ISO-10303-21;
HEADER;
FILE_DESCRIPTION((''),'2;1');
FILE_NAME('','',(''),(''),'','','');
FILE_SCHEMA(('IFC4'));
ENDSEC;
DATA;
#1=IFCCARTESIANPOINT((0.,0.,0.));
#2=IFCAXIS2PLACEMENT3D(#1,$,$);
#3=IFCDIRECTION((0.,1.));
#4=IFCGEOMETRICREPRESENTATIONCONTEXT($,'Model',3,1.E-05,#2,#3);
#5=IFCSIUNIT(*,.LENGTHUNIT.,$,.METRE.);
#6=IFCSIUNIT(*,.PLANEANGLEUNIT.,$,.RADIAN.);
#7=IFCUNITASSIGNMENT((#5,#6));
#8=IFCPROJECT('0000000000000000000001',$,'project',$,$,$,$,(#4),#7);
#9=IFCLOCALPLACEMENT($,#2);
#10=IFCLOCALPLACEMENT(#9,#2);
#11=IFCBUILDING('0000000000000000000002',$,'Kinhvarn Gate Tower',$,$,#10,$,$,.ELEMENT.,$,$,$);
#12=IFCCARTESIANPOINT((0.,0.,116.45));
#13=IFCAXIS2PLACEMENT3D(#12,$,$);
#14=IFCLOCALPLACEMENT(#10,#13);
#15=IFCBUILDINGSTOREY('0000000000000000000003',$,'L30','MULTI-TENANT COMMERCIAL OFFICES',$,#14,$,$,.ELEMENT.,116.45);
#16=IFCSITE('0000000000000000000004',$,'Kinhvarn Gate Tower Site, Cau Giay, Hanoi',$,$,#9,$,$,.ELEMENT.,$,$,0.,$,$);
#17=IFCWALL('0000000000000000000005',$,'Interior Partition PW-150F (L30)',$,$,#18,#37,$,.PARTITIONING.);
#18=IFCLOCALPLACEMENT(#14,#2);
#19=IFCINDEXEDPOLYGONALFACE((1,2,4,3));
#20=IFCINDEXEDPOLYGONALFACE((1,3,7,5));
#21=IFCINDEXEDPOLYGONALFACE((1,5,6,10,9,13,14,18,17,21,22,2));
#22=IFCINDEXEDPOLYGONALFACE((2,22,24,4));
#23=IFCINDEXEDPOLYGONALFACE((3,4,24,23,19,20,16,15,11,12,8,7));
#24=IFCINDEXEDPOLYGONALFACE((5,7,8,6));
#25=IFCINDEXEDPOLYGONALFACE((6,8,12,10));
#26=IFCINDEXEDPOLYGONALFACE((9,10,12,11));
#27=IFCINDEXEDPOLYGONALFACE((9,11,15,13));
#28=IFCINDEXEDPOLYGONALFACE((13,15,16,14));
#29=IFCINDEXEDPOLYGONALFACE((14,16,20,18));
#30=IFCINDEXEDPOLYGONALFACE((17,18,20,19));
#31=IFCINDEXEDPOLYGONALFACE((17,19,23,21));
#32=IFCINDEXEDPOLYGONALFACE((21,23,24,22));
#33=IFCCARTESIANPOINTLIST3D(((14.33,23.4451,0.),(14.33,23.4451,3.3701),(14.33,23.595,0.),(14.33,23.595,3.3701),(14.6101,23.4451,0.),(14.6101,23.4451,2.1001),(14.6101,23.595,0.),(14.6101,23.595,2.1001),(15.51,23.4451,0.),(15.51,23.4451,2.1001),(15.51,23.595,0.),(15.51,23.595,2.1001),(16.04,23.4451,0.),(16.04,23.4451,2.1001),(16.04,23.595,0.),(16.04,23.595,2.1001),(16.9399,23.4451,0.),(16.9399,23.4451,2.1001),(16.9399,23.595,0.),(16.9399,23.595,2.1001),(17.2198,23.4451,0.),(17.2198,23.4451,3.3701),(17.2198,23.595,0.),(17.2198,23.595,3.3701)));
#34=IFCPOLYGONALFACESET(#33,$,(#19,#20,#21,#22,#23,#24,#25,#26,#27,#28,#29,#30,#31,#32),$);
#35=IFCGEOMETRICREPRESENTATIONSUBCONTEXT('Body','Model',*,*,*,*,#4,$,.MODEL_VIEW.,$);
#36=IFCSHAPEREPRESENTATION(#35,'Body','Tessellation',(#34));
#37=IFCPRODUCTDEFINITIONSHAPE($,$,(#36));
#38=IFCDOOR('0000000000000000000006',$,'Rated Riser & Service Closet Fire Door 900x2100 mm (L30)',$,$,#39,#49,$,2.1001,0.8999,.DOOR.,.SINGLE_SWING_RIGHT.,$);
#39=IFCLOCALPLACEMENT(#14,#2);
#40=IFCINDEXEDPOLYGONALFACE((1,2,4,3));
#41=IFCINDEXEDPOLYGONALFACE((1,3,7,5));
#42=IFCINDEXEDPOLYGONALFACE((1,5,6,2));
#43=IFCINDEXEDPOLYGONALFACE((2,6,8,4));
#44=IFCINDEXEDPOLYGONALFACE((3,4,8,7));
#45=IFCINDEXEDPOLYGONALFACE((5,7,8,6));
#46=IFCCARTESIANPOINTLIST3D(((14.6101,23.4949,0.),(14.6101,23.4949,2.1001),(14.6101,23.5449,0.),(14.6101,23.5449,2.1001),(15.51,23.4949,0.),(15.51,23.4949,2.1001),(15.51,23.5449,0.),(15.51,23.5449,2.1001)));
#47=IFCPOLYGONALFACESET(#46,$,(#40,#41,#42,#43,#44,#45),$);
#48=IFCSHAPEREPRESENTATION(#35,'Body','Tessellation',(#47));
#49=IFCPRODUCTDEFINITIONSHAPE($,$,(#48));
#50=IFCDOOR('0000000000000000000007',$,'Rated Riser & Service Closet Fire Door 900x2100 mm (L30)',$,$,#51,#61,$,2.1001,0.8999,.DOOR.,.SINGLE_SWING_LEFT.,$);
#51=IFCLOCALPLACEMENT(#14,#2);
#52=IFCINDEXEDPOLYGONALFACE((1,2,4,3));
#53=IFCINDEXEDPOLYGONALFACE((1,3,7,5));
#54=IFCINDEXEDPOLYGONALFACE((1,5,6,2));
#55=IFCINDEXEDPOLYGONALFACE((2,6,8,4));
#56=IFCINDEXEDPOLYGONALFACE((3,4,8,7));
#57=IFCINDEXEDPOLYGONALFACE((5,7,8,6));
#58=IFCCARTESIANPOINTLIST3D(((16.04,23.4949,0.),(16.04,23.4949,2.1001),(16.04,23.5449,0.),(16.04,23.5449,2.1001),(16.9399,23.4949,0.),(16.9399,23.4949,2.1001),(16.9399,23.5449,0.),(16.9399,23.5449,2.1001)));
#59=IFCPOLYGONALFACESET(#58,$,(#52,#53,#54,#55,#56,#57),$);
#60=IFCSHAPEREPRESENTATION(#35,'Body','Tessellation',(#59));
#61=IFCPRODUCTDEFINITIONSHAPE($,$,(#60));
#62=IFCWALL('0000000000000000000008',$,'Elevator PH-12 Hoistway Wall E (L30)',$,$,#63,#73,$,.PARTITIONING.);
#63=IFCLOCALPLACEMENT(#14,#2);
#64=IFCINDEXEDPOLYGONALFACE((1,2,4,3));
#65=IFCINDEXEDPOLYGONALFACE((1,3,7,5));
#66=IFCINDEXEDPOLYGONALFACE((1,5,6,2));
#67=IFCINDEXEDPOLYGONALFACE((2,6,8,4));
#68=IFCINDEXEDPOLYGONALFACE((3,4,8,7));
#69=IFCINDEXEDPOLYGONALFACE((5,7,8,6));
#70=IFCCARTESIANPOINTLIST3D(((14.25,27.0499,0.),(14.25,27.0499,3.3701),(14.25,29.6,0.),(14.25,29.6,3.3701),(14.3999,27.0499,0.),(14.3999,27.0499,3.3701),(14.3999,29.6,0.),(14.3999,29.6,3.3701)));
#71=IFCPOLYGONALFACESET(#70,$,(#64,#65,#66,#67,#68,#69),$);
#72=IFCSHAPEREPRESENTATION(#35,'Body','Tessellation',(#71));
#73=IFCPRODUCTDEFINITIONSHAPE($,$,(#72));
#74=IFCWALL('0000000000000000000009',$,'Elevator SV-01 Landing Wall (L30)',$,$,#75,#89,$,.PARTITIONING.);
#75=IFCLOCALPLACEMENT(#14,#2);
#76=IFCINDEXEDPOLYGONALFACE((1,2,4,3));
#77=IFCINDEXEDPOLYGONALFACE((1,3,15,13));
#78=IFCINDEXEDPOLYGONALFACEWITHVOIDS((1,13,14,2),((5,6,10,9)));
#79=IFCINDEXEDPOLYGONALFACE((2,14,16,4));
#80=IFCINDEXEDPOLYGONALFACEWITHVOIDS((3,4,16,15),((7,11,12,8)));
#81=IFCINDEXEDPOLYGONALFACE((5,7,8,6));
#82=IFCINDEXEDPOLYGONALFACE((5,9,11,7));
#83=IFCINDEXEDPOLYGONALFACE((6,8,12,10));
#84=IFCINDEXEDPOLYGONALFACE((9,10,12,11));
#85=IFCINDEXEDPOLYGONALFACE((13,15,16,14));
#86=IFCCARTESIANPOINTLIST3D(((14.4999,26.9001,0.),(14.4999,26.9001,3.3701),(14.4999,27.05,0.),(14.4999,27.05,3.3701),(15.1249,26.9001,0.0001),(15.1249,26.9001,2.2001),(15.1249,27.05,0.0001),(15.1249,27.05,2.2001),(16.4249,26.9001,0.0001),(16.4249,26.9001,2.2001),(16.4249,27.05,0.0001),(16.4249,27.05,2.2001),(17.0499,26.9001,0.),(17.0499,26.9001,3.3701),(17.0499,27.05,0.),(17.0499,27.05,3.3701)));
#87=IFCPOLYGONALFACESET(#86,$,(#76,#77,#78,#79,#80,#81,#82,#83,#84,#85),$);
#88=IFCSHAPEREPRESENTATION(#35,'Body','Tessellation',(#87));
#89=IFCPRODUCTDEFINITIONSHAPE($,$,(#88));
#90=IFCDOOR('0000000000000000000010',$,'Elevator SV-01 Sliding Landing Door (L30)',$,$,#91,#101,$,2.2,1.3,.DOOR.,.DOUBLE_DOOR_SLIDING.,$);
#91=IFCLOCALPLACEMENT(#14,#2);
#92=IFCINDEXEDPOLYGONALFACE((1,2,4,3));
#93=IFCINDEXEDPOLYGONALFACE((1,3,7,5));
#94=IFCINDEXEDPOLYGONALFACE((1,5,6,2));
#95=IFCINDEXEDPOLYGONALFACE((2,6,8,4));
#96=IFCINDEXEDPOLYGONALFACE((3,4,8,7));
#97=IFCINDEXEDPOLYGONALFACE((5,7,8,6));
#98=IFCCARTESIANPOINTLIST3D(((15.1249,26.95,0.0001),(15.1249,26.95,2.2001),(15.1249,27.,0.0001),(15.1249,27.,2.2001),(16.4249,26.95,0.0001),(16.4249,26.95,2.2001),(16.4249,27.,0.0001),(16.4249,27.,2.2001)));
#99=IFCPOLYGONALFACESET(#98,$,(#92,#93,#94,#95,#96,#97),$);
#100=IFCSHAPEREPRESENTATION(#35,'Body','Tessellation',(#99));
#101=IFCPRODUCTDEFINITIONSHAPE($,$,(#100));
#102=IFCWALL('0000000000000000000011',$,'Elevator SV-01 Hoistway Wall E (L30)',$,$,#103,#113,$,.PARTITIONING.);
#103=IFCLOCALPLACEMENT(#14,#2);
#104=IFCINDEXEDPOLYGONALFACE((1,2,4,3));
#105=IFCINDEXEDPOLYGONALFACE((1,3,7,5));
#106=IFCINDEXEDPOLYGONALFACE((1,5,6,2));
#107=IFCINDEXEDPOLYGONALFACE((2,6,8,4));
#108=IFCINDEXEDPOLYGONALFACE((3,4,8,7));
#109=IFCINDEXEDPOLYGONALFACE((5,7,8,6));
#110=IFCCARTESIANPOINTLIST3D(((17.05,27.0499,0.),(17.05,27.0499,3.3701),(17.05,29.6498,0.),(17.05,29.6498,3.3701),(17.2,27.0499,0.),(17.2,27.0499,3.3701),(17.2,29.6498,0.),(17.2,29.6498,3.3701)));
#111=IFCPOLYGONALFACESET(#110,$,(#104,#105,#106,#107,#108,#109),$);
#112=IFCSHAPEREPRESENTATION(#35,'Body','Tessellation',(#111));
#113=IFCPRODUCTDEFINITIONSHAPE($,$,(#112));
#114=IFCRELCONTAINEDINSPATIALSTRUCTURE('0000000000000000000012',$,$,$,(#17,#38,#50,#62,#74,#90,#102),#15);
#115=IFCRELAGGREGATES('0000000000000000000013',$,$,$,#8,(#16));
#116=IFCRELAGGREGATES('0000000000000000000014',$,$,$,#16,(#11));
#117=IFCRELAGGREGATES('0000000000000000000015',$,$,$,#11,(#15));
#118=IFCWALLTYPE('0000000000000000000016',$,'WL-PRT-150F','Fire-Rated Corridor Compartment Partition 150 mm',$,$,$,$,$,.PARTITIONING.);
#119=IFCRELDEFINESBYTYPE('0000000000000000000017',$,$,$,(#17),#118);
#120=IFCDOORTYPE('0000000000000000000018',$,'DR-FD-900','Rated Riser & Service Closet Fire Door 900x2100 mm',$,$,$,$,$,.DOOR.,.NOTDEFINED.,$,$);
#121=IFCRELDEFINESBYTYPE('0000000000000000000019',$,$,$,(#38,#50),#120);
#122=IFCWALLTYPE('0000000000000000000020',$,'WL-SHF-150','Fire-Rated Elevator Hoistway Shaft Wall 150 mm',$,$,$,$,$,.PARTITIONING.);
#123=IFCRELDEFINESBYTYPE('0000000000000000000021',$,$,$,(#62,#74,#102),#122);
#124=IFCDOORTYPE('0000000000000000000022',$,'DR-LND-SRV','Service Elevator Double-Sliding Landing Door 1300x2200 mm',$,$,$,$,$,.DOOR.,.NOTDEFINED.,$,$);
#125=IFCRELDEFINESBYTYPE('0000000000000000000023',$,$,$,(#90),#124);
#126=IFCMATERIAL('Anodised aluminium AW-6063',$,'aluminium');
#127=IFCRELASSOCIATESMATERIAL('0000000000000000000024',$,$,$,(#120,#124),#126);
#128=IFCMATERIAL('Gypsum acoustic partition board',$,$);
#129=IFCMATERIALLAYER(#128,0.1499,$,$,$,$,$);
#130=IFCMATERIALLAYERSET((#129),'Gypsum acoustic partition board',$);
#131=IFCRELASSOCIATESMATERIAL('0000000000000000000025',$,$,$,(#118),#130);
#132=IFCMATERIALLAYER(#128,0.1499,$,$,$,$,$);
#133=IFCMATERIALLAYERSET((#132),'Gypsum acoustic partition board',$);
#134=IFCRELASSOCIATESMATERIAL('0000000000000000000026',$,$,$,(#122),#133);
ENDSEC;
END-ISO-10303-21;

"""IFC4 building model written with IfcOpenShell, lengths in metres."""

from ifc_helpers import new_model, si_unit, direction, frame, frame_2d, origin, place, context, subcontext, project, spatial, rectangle, extrude, material, layer, layer_set, type_object, element, fill, save


model = new_model("IFC4")

# Units and contexts
model_context = context("Model", 3, precision=1e-05, world=origin(), true_north=direction((0.0, 1.0)))
body_context = subcontext(model_context, "Body", "Model", "MODEL_VIEW")
ifc_project = project(units=[si_unit("LENGTHUNIT", "METRE"), si_unit("PLANEANGLEUNIT", "RADIAN")], contexts=[model_context])

# Site, building, storey
site_placement = place(None, origin())
site = spatial("IfcSite", under=ifc_project, at=site_placement, Name="Kinhvarn Gate Tower Site, Cau Giay, Hanoi", CompositionType="ELEMENT", RefElevation=0.0)
building_placement = place(site_placement, origin())
building = spatial("IfcBuilding", under=site, at=building_placement, Name="Kinhvarn Gate Tower", CompositionType="ELEMENT")
storey_placement = place(building_placement, frame((0.0, 0.0, 116.45)))
storey = spatial("IfcBuildingStorey", under=building, at=storey_placement, Name="L30", Description="MULTI-TENANT COMMERCIAL OFFICES", CompositionType="ELEMENT", Elevation=116.45)

# Shared definitions
ifc_material_1 = material(Name="Anodised aluminium AW-6063", Category="aluminium")

# Shared definitions
ifc_material_2 = material(Name="Gypsum acoustic partition board")

# Shared definitions
door_type_1 = type_object("IfcDoorType", Name="DR-FD-900", Description="Rated Riser & Service Closet Fire Door 900x2100 mm", OperationType="NOTDEFINED", PredefinedType="DOOR", material=ifc_material_1)

# Shared definitions
ifc_layer_1 = layer(ifc_material_2, 0.1499)
ifc_layer_set_1 = layer_set([ifc_layer_1], Name="Gypsum acoustic partition board")
wall_type_1 = type_object("IfcWallType", Name="WL-PRT-150F", Description="Fire-Rated Corridor Compartment Partition 150 mm", PredefinedType="PARTITIONING", material=ifc_layer_set_1)

# Wall, openings, doors
wall_1_placement = place(storey_placement, frame((14.3301, 23.52, 0.0), z_axis=(0.0, 0.0, 1.0), x_axis=(1.0, 0.0, 0.0)))
wall_1 = element("IfcWall", 1, at=wall_1_placement, inside=storey, type_object=wall_type_1, Name="Interior Partition PW-150F (L30)", PredefinedType="PARTITIONING", context=body_context, shape_type="SweptSolid", body=[
    extrude(rectangle(XDim=2.8899, YDim=0.1499, at=frame_2d((1.4448, 0.0))), origin(), (0.0, 0.0, 1.0), 3.3701),
])
opening_1_placement = place(wall_1_placement, frame((0.28, 0.0, 0.0)))
opening_1 = element("IfcOpeningElement", 2, at=opening_1_placement, cuts=wall_1, PredefinedType="OPENING", context=body_context, shape_type="SweptSolid", body=[
    extrude(rectangle(XDim=0.8999, YDim=2.1001, at=frame_2d((0.45, 1.05))), frame((0.0, 0.085, 0.0), z_axis=(0.0, -1.0, 0.0), x_axis=(1.0, 0.0, 0.0)), (0.0, 0.0, 1.0), 0.1699),
])
opening_2_placement = place(wall_1_placement, frame((1.71, 0.0, 0.0)))
opening_2 = element("IfcOpeningElement", 3, at=opening_2_placement, cuts=wall_1, PredefinedType="OPENING", context=body_context, shape_type="SweptSolid", body=[
    extrude(rectangle(XDim=0.8999, YDim=2.1001, at=frame_2d((0.45, 1.05))), frame((0.0, 0.085, 0.0), z_axis=(0.0, -1.0, 0.0), x_axis=(1.0, 0.0, 0.0)), (0.0, 0.0, 1.0), 0.1699),
])
door_1_placement = place(opening_1_placement, origin())
door_1 = element("IfcDoor", 4, at=door_1_placement, inside=storey, type_object=door_type_1, Name="Rated Riser & Service Closet Fire Door 900x2100 mm (L30)", OperationType="SINGLE_SWING_RIGHT", OverallHeight=2.1001, OverallWidth=0.8999, PredefinedType="DOOR", context=body_context, shape_type="SweptSolid", body=[
    extrude(rectangle(XDim=0.8999, YDim=2.1001, at=frame_2d((0.45, 1.05))), frame((0.0, 0.0249, 0.0), z_axis=(0.0, -1.0, 0.0), x_axis=(1.0, 0.0, 0.0)), (0.0, 0.0, 1.0), 0.05),
])
fill(opening_1, door_1)
door_2_placement = place(opening_2_placement, origin())
door_2 = element("IfcDoor", 5, at=door_2_placement, inside=storey, type_object=door_type_1, Name="Rated Riser & Service Closet Fire Door 900x2100 mm (L30)", OperationType="SINGLE_SWING_LEFT", OverallHeight=2.1001, OverallWidth=0.8999, PredefinedType="DOOR", context=body_context, shape_type="SweptSolid", body=[
    extrude(rectangle(XDim=0.8999, YDim=2.1001, at=frame_2d((0.45, 1.05))), frame((0.0, 0.0249, 0.0), z_axis=(0.0, -1.0, 0.0), x_axis=(1.0, 0.0, 0.0)), (0.0, 0.0, 1.0), 0.05),
])
fill(opening_2, door_2)

# Wall
ifc_layer_2 = layer(ifc_material_2, 0.1499)
ifc_layer_set_2 = layer_set([ifc_layer_2], Name="Gypsum acoustic partition board")
wall_type_2 = type_object("IfcWallType", Name="WL-SHF-150", Description="Fire-Rated Elevator Hoistway Shaft Wall 150 mm", PredefinedType="PARTITIONING", material=ifc_layer_set_2)
wall_2_placement = place(storey_placement, frame((14.325, 27.05, 0.0), z_axis=(0.0, 0.0, 1.0), x_axis=(0.0, 1.0, 0.0)))
element("IfcWall", 6, at=wall_2_placement, inside=storey, type_object=wall_type_2, Name="Elevator PH-12 Hoistway Wall E (L30)", PredefinedType="PARTITIONING", context=body_context, shape_type="SweptSolid", body=[
    extrude(rectangle(XDim=2.55, YDim=0.1499, at=frame_2d((1.2749, 0.0))), origin(), (0.0, 0.0, 1.0), 3.3701),
])

# Wall, opening, door
wall_3_placement = place(storey_placement, frame((14.5, 26.9751, 0.0), z_axis=(0.0, 0.0, 1.0), x_axis=(1.0, 0.0, 0.0)))
wall_3 = element("IfcWall", 7, at=wall_3_placement, inside=storey, type_object=wall_type_2, Name="Elevator SV-01 Landing Wall (L30)", PredefinedType="PARTITIONING", context=body_context, shape_type="SweptSolid", body=[
    extrude(rectangle(XDim=2.55, YDim=0.1499, at=frame_2d((1.2749, 0.0))), origin(), (0.0, 0.0, 1.0), 3.3701),
])
opening_3_placement = place(wall_3_placement, frame((0.625, 0.0, 0.0)))
opening_3 = element("IfcOpeningElement", 8, at=opening_3_placement, cuts=wall_3, PredefinedType="OPENING", context=body_context, shape_type="SweptSolid", body=[
    extrude(rectangle(XDim=1.3, YDim=2.2, at=frame_2d((0.6499, 1.1001))), frame((0.0, 0.085, 0.0), z_axis=(0.0, -1.0, 0.0), x_axis=(1.0, 0.0, 0.0)), (0.0, 0.0, 1.0), 0.1699),
])
door_type_2 = type_object("IfcDoorType", Name="DR-LND-SRV", Description="Service Elevator Double-Sliding Landing Door 1300x2200 mm", OperationType="NOTDEFINED", PredefinedType="DOOR", material=ifc_material_1)
door_3_placement = place(opening_3_placement, origin())
door_3 = element("IfcDoor", 9, at=door_3_placement, inside=storey, type_object=door_type_2, Name="Elevator SV-01 Sliding Landing Door (L30)", OperationType="DOUBLE_DOOR_SLIDING", OverallHeight=2.2, OverallWidth=1.3, PredefinedType="DOOR", context=body_context, shape_type="SweptSolid", body=[
    extrude(rectangle(XDim=1.3, YDim=2.2, at=frame_2d((0.6499, 1.1001))), frame((0.0, 0.0249, 0.0), z_axis=(0.0, -1.0, 0.0), x_axis=(1.0, 0.0, 0.0)), (0.0, 0.0, 1.0), 0.05),
])
fill(opening_3, door_3)

# Wall
wall_4_placement = place(storey_placement, frame((17.125, 27.05, 0.0), z_axis=(0.0, 0.0, 1.0), x_axis=(0.0, 1.0, 0.0)))
element("IfcWall", 10, at=wall_4_placement, inside=storey, type_object=wall_type_2, Name="Elevator SV-01 Hoistway Wall E (L30)", PredefinedType="PARTITIONING", context=body_context, shape_type="SweptSolid", body=[
    extrude(rectangle(XDim=2.5999, YDim=0.1499, at=frame_2d((1.2998, 0.0))), origin(), (0.0, 0.0, 1.0), 3.3701),
])

save(model, "model.ifc")
